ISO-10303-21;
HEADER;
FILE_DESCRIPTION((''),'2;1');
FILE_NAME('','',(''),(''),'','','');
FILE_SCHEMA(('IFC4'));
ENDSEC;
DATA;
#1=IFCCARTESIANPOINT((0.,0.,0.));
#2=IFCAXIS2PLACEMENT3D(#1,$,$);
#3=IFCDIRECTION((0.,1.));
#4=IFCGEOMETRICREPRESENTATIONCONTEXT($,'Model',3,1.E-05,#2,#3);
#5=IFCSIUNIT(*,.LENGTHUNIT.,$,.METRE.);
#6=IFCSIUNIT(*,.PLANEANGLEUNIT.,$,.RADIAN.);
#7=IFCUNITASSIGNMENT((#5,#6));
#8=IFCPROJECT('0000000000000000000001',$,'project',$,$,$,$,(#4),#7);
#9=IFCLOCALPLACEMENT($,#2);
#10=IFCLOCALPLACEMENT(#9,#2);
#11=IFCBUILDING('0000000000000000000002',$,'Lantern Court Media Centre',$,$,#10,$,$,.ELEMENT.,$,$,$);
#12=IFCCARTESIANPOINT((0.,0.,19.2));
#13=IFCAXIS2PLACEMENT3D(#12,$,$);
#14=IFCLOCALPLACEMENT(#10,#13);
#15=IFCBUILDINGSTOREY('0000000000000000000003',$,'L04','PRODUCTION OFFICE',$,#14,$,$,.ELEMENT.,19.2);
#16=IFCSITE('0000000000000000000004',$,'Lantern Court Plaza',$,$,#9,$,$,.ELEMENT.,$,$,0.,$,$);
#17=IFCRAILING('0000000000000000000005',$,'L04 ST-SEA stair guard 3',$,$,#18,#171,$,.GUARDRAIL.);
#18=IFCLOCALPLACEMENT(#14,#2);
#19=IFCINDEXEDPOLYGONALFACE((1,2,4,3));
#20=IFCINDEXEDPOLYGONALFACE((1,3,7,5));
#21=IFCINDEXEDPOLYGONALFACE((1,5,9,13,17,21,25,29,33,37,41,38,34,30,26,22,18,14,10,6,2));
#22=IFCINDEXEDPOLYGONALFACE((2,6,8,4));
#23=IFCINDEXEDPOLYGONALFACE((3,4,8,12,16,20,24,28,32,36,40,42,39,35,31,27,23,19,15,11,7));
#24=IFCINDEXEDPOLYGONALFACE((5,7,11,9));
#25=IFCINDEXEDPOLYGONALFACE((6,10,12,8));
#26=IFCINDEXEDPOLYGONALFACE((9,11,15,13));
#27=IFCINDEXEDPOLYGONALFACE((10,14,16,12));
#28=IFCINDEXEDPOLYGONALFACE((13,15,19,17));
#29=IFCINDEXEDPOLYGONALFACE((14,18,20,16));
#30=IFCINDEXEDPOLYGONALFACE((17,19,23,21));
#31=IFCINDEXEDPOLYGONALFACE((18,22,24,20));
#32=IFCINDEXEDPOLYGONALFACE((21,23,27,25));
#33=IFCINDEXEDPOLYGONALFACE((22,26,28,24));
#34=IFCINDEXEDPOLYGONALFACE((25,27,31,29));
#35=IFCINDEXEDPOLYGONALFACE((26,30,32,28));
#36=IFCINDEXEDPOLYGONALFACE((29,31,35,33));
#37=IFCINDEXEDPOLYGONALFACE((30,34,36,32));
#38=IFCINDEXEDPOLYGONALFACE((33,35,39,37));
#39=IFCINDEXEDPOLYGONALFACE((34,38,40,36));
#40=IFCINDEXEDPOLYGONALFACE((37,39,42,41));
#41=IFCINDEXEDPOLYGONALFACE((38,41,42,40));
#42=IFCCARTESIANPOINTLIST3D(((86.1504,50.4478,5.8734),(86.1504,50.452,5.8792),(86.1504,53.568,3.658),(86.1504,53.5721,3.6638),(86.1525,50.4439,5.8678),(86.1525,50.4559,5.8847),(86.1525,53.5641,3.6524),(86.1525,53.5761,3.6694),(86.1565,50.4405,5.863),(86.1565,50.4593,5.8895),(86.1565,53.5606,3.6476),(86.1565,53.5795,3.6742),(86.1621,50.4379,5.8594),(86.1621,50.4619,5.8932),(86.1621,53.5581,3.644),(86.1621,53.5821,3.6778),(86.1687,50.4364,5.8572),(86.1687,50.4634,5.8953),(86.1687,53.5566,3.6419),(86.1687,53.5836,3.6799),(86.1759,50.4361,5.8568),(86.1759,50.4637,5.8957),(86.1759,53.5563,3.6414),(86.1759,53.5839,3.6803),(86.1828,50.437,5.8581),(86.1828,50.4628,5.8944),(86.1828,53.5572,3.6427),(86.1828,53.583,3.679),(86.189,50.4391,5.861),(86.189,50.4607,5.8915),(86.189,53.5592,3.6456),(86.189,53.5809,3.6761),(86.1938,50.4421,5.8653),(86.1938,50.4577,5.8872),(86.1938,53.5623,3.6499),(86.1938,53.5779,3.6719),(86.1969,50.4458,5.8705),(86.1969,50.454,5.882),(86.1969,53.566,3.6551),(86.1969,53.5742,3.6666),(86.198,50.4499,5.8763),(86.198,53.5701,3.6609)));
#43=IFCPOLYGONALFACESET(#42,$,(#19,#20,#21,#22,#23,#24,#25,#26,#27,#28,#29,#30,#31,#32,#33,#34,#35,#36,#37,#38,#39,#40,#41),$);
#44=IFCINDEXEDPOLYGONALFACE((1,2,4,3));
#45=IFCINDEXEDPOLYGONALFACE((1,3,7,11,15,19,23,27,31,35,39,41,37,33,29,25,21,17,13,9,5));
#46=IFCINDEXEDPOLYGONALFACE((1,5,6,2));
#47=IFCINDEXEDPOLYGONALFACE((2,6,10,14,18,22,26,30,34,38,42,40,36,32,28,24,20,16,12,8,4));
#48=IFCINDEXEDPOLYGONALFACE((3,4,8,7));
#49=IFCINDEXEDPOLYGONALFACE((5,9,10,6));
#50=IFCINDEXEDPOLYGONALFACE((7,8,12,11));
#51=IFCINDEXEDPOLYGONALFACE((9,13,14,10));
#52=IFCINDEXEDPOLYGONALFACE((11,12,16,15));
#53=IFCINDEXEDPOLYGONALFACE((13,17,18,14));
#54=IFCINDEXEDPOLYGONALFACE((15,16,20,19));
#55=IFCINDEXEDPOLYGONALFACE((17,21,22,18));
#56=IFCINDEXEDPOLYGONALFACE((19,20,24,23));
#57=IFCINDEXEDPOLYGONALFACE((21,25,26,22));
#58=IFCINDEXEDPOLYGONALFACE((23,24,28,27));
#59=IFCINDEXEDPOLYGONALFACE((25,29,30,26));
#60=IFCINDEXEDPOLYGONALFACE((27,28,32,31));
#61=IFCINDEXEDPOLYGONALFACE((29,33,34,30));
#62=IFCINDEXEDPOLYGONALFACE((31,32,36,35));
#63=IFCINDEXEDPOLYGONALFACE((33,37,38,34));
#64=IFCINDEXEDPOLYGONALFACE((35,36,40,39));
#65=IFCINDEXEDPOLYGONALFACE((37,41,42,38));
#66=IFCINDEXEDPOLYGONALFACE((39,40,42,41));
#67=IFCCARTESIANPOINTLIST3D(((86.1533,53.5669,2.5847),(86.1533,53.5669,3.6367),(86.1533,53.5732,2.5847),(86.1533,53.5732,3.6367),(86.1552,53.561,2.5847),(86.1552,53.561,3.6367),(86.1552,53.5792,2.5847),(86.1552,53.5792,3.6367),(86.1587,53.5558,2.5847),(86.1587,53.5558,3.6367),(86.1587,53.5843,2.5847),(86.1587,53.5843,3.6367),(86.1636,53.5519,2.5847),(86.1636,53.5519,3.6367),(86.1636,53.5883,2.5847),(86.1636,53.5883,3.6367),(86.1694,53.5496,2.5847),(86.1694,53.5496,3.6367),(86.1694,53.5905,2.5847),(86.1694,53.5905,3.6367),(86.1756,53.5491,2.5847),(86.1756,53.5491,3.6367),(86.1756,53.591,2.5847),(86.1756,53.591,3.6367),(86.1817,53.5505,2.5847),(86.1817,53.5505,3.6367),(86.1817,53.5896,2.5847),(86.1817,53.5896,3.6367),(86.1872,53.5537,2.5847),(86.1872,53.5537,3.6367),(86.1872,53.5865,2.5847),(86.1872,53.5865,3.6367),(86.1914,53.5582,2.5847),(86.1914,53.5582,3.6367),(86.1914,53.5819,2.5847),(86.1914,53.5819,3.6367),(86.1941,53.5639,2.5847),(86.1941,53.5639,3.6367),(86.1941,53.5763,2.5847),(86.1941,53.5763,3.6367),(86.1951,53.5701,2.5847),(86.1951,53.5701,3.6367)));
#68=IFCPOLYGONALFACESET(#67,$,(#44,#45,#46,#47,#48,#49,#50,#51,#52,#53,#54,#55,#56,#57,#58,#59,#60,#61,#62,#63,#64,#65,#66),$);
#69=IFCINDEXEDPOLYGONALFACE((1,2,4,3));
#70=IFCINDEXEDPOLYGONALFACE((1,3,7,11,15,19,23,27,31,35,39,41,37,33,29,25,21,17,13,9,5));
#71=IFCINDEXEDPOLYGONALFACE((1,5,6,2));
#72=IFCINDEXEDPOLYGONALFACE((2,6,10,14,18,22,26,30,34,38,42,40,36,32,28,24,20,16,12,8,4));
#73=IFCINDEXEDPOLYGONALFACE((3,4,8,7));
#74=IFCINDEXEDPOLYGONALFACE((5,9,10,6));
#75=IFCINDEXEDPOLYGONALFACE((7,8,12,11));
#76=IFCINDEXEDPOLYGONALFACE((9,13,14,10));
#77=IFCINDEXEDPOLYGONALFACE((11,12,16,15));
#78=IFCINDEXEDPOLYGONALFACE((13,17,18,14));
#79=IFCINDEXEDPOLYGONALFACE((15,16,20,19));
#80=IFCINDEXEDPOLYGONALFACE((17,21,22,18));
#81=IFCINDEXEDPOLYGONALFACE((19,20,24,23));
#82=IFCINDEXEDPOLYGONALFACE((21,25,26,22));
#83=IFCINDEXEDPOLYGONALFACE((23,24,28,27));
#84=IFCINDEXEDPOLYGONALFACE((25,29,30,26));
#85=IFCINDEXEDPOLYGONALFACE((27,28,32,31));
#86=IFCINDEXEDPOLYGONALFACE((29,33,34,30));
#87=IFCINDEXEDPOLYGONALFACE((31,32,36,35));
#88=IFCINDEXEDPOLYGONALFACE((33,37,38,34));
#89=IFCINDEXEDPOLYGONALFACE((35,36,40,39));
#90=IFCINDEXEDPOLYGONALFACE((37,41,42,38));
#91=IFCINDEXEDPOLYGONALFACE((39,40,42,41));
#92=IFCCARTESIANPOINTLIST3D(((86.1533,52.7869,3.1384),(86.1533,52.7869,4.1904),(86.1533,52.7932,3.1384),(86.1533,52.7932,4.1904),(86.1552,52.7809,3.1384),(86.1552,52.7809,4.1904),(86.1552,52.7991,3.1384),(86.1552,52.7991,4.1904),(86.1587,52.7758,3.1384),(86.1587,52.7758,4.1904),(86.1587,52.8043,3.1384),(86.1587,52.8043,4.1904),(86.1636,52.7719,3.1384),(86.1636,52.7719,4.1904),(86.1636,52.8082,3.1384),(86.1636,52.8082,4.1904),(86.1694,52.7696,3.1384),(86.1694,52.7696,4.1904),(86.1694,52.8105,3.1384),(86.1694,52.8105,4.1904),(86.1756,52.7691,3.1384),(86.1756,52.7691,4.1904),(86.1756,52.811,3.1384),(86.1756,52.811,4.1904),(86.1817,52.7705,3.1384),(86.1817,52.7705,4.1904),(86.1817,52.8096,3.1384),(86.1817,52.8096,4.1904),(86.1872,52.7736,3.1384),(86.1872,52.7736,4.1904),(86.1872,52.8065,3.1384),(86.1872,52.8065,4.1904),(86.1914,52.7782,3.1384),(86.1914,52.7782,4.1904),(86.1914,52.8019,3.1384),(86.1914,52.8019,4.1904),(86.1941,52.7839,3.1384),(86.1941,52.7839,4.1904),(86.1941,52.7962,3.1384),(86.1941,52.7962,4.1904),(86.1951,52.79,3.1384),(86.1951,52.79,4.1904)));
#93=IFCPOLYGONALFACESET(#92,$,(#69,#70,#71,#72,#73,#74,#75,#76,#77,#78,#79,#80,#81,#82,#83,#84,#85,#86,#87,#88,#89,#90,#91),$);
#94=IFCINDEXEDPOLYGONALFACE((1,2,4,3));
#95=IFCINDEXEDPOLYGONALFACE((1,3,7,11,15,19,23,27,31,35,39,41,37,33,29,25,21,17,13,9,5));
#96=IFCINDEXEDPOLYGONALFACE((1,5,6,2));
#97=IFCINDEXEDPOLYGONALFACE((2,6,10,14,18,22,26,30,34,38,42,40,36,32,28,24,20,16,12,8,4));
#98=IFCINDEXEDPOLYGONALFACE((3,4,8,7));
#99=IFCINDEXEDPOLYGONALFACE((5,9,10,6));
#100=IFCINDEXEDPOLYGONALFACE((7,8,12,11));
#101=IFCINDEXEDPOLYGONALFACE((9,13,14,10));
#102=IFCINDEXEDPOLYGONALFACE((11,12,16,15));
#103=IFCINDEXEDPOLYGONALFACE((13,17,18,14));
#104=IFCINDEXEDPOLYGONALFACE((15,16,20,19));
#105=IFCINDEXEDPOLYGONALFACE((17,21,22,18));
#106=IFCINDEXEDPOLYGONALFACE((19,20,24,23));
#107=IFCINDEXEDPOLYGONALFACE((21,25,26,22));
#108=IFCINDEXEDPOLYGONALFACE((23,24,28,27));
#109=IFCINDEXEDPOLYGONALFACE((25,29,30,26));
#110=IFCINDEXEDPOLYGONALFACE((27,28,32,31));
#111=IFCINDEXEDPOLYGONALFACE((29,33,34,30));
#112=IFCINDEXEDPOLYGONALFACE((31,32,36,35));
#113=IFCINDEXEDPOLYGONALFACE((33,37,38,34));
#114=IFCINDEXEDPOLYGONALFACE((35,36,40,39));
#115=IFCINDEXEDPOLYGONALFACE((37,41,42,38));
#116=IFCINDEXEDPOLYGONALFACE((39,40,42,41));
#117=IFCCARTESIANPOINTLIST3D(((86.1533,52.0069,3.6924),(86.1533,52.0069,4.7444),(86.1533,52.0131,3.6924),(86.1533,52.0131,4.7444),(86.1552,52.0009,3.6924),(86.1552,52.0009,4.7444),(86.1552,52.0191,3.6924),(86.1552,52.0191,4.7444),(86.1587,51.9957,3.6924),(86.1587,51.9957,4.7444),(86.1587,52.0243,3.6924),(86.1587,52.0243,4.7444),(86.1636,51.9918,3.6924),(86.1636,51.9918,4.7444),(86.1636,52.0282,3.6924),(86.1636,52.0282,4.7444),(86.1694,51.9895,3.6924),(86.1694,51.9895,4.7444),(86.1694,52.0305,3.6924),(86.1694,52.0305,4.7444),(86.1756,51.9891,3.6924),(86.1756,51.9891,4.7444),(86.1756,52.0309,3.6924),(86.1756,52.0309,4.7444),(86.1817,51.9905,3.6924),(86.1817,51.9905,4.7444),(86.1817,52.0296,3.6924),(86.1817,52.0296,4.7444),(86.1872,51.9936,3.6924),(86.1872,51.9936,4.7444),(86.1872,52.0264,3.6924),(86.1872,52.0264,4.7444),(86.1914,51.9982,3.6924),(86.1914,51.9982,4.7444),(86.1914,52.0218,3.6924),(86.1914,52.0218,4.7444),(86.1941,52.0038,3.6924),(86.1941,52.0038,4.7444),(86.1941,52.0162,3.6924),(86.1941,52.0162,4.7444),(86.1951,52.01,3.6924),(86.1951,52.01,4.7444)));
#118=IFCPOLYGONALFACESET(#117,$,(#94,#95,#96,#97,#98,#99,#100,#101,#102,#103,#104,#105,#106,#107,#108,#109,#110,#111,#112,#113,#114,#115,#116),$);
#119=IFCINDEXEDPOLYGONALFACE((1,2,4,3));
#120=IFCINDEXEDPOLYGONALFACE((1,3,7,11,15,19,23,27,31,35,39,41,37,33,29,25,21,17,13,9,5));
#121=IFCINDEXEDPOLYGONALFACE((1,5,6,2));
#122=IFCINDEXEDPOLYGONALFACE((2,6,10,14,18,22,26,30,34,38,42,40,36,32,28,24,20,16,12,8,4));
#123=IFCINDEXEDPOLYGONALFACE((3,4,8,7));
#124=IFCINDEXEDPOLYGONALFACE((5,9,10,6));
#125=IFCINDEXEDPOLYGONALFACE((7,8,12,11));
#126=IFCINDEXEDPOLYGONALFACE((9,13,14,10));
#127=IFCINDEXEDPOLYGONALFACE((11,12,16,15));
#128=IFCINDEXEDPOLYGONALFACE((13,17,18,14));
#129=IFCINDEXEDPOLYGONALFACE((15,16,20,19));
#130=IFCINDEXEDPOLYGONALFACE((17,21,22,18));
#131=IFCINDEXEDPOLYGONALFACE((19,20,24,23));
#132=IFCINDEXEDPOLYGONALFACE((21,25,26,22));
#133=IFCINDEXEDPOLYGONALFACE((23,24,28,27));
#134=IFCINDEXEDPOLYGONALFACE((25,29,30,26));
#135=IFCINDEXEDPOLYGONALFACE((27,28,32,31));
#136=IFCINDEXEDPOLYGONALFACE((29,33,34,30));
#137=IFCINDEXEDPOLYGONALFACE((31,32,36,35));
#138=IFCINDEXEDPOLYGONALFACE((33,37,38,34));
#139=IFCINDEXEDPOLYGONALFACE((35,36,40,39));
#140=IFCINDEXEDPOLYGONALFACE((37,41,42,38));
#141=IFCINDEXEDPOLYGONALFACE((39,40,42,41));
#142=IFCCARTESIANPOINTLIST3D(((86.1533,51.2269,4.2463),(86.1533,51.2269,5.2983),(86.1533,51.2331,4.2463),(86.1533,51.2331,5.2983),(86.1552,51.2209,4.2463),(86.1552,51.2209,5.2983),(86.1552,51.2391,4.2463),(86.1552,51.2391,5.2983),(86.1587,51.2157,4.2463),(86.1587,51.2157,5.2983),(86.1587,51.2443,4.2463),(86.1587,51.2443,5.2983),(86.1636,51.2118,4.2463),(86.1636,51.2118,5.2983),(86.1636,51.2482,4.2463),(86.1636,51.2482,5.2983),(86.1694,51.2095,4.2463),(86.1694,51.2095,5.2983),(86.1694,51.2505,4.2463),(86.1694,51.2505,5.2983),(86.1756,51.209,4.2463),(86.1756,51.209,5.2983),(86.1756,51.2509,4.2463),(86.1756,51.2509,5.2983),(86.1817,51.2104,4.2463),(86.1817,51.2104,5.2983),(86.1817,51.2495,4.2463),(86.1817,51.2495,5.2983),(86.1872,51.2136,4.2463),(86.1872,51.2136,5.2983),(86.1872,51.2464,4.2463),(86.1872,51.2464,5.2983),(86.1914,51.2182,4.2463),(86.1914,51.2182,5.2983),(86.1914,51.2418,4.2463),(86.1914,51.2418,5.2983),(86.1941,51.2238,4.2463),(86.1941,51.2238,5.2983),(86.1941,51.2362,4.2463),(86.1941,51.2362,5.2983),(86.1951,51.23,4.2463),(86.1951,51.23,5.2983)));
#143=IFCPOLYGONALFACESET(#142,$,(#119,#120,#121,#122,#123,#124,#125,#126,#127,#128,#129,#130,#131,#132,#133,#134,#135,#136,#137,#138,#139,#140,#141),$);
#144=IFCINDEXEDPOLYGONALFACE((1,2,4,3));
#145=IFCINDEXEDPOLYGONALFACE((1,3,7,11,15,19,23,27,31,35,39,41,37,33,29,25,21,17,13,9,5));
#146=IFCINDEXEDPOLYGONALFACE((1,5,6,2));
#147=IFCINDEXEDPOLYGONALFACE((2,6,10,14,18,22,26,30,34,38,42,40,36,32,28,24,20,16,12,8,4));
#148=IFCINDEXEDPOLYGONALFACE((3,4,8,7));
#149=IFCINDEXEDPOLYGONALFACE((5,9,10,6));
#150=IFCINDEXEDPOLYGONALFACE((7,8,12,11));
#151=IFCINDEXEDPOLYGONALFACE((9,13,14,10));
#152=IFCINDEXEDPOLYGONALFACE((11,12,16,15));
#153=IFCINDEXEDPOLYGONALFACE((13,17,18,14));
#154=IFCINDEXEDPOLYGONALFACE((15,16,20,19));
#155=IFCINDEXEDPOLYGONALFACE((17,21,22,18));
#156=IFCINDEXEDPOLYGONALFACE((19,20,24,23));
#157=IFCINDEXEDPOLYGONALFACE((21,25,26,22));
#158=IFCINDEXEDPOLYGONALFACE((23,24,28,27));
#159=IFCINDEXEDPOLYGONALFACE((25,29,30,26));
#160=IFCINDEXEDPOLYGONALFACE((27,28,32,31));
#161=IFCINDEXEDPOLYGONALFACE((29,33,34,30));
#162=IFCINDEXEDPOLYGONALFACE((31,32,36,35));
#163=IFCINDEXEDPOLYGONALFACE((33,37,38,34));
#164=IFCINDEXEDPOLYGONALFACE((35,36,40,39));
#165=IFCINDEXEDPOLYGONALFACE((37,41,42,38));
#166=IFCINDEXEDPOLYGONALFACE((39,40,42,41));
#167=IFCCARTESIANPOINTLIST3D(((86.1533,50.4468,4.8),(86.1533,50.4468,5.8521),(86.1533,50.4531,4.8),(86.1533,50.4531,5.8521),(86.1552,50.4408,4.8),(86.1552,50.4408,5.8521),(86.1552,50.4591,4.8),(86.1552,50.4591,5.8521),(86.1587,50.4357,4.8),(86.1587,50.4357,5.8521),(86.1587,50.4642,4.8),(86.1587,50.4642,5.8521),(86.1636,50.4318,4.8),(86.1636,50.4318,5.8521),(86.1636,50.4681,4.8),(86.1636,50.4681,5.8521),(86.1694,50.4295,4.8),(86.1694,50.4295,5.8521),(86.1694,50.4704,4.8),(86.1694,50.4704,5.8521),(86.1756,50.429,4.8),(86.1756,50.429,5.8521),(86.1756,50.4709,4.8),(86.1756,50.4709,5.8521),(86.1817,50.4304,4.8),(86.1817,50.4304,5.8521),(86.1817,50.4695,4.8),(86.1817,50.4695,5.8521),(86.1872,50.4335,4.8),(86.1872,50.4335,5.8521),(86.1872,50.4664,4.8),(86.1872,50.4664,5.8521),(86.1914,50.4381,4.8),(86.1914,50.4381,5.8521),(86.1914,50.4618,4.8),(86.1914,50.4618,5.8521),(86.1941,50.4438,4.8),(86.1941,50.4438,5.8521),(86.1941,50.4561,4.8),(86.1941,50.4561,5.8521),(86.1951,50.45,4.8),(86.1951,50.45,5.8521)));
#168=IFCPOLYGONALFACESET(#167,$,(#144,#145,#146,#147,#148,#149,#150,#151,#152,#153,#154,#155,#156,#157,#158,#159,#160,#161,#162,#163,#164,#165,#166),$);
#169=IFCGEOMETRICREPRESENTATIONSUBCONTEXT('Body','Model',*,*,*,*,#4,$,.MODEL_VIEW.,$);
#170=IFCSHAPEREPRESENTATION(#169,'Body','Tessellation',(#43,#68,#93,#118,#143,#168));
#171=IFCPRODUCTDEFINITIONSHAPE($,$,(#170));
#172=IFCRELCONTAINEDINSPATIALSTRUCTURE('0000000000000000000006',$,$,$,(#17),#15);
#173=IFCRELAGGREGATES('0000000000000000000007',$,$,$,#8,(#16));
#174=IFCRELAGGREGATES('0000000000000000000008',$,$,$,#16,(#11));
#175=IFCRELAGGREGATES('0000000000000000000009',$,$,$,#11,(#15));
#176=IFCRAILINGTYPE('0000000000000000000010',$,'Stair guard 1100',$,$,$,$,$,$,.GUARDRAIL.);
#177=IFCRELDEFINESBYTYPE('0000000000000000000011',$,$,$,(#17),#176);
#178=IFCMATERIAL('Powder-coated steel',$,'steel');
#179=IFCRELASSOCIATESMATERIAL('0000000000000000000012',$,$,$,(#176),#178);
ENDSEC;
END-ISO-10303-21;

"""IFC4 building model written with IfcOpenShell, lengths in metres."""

from ifc_helpers import new_model, si_unit, direction, frame, origin, origin_2d, place, context, subcontext, project, spatial, circle, extrude, material, type_object, element, save


model = new_model("IFC4")

# Units and contexts
model_context = context("Model", 3, precision=1e-05, world=origin(), true_north=direction((0.0, 1.0)))
body_context = subcontext(model_context, "Body", "Model", "MODEL_VIEW")
ifc_project = project(units=[si_unit("LENGTHUNIT", "METRE"), si_unit("PLANEANGLEUNIT", "RADIAN")], contexts=[model_context])

# Site, building, storey
site_placement = place(None, origin())
site = spatial("IfcSite", under=ifc_project, at=site_placement, Name="Lantern Court Plaza", CompositionType="ELEMENT", RefElevation=0.0)
building_placement = place(site_placement, origin())
building = spatial("IfcBuilding", under=site, at=building_placement, Name="Lantern Court Media Centre", CompositionType="ELEMENT")
storey_placement = place(building_placement, frame((0.0, 0.0, 19.2)))
storey = spatial("IfcBuildingStorey", under=building, at=storey_placement, Name="L04", Description="PRODUCTION OFFICE", CompositionType="ELEMENT", Elevation=19.2)

# Railing
ifc_material_1 = material(Name="Powder-coated steel", Category="steel")
railing_type = type_object("IfcRailingType", Name="Stair guard 1100", PredefinedType="GUARDRAIL", material=ifc_material_1)
railing_1_placement = place(storey_placement, frame((86.1741, 53.5701, 2.5847)))
element("IfcRailing", 1, at=railing_1_placement, inside=storey, type_object=railing_type, Name="L04 ST-SEA stair guard 3", PredefinedType="GUARDRAIL", context=body_context, shape_type="SweptSolid", body=[
    extrude(circle(Radius=0.0239, at=origin_2d()), frame((0.0, 0.0, 1.0762), z_axis=(0.0, -0.815377, 0.57893), x_axis=(1.0, 0.0, 0.0)), (0.0, 0.0, 1.0), 3.8267),
    extrude(circle(Radius=0.021, at=origin_2d()), origin(), (0.0, 0.0, 1.0), 1.052),
    extrude(circle(Radius=0.021, at=origin_2d()), frame((0.0, -0.78, 0.5537)), (0.0, 0.0, 1.0), 1.052),
    extrude(circle(Radius=0.021, at=origin_2d()), frame((0.0, -1.5601, 1.1077)), (0.0, 0.0, 1.0), 1.052),
    extrude(circle(Radius=0.021, at=origin_2d()), frame((0.0, -2.3401, 1.6616)), (0.0, 0.0, 1.0), 1.052),
    extrude(circle(Radius=0.021, at=origin_2d()), frame((0.0, -3.1201, 2.2153)), (0.0, 0.0, 1.0), 1.052),
])

save(model, "model.ifc")
